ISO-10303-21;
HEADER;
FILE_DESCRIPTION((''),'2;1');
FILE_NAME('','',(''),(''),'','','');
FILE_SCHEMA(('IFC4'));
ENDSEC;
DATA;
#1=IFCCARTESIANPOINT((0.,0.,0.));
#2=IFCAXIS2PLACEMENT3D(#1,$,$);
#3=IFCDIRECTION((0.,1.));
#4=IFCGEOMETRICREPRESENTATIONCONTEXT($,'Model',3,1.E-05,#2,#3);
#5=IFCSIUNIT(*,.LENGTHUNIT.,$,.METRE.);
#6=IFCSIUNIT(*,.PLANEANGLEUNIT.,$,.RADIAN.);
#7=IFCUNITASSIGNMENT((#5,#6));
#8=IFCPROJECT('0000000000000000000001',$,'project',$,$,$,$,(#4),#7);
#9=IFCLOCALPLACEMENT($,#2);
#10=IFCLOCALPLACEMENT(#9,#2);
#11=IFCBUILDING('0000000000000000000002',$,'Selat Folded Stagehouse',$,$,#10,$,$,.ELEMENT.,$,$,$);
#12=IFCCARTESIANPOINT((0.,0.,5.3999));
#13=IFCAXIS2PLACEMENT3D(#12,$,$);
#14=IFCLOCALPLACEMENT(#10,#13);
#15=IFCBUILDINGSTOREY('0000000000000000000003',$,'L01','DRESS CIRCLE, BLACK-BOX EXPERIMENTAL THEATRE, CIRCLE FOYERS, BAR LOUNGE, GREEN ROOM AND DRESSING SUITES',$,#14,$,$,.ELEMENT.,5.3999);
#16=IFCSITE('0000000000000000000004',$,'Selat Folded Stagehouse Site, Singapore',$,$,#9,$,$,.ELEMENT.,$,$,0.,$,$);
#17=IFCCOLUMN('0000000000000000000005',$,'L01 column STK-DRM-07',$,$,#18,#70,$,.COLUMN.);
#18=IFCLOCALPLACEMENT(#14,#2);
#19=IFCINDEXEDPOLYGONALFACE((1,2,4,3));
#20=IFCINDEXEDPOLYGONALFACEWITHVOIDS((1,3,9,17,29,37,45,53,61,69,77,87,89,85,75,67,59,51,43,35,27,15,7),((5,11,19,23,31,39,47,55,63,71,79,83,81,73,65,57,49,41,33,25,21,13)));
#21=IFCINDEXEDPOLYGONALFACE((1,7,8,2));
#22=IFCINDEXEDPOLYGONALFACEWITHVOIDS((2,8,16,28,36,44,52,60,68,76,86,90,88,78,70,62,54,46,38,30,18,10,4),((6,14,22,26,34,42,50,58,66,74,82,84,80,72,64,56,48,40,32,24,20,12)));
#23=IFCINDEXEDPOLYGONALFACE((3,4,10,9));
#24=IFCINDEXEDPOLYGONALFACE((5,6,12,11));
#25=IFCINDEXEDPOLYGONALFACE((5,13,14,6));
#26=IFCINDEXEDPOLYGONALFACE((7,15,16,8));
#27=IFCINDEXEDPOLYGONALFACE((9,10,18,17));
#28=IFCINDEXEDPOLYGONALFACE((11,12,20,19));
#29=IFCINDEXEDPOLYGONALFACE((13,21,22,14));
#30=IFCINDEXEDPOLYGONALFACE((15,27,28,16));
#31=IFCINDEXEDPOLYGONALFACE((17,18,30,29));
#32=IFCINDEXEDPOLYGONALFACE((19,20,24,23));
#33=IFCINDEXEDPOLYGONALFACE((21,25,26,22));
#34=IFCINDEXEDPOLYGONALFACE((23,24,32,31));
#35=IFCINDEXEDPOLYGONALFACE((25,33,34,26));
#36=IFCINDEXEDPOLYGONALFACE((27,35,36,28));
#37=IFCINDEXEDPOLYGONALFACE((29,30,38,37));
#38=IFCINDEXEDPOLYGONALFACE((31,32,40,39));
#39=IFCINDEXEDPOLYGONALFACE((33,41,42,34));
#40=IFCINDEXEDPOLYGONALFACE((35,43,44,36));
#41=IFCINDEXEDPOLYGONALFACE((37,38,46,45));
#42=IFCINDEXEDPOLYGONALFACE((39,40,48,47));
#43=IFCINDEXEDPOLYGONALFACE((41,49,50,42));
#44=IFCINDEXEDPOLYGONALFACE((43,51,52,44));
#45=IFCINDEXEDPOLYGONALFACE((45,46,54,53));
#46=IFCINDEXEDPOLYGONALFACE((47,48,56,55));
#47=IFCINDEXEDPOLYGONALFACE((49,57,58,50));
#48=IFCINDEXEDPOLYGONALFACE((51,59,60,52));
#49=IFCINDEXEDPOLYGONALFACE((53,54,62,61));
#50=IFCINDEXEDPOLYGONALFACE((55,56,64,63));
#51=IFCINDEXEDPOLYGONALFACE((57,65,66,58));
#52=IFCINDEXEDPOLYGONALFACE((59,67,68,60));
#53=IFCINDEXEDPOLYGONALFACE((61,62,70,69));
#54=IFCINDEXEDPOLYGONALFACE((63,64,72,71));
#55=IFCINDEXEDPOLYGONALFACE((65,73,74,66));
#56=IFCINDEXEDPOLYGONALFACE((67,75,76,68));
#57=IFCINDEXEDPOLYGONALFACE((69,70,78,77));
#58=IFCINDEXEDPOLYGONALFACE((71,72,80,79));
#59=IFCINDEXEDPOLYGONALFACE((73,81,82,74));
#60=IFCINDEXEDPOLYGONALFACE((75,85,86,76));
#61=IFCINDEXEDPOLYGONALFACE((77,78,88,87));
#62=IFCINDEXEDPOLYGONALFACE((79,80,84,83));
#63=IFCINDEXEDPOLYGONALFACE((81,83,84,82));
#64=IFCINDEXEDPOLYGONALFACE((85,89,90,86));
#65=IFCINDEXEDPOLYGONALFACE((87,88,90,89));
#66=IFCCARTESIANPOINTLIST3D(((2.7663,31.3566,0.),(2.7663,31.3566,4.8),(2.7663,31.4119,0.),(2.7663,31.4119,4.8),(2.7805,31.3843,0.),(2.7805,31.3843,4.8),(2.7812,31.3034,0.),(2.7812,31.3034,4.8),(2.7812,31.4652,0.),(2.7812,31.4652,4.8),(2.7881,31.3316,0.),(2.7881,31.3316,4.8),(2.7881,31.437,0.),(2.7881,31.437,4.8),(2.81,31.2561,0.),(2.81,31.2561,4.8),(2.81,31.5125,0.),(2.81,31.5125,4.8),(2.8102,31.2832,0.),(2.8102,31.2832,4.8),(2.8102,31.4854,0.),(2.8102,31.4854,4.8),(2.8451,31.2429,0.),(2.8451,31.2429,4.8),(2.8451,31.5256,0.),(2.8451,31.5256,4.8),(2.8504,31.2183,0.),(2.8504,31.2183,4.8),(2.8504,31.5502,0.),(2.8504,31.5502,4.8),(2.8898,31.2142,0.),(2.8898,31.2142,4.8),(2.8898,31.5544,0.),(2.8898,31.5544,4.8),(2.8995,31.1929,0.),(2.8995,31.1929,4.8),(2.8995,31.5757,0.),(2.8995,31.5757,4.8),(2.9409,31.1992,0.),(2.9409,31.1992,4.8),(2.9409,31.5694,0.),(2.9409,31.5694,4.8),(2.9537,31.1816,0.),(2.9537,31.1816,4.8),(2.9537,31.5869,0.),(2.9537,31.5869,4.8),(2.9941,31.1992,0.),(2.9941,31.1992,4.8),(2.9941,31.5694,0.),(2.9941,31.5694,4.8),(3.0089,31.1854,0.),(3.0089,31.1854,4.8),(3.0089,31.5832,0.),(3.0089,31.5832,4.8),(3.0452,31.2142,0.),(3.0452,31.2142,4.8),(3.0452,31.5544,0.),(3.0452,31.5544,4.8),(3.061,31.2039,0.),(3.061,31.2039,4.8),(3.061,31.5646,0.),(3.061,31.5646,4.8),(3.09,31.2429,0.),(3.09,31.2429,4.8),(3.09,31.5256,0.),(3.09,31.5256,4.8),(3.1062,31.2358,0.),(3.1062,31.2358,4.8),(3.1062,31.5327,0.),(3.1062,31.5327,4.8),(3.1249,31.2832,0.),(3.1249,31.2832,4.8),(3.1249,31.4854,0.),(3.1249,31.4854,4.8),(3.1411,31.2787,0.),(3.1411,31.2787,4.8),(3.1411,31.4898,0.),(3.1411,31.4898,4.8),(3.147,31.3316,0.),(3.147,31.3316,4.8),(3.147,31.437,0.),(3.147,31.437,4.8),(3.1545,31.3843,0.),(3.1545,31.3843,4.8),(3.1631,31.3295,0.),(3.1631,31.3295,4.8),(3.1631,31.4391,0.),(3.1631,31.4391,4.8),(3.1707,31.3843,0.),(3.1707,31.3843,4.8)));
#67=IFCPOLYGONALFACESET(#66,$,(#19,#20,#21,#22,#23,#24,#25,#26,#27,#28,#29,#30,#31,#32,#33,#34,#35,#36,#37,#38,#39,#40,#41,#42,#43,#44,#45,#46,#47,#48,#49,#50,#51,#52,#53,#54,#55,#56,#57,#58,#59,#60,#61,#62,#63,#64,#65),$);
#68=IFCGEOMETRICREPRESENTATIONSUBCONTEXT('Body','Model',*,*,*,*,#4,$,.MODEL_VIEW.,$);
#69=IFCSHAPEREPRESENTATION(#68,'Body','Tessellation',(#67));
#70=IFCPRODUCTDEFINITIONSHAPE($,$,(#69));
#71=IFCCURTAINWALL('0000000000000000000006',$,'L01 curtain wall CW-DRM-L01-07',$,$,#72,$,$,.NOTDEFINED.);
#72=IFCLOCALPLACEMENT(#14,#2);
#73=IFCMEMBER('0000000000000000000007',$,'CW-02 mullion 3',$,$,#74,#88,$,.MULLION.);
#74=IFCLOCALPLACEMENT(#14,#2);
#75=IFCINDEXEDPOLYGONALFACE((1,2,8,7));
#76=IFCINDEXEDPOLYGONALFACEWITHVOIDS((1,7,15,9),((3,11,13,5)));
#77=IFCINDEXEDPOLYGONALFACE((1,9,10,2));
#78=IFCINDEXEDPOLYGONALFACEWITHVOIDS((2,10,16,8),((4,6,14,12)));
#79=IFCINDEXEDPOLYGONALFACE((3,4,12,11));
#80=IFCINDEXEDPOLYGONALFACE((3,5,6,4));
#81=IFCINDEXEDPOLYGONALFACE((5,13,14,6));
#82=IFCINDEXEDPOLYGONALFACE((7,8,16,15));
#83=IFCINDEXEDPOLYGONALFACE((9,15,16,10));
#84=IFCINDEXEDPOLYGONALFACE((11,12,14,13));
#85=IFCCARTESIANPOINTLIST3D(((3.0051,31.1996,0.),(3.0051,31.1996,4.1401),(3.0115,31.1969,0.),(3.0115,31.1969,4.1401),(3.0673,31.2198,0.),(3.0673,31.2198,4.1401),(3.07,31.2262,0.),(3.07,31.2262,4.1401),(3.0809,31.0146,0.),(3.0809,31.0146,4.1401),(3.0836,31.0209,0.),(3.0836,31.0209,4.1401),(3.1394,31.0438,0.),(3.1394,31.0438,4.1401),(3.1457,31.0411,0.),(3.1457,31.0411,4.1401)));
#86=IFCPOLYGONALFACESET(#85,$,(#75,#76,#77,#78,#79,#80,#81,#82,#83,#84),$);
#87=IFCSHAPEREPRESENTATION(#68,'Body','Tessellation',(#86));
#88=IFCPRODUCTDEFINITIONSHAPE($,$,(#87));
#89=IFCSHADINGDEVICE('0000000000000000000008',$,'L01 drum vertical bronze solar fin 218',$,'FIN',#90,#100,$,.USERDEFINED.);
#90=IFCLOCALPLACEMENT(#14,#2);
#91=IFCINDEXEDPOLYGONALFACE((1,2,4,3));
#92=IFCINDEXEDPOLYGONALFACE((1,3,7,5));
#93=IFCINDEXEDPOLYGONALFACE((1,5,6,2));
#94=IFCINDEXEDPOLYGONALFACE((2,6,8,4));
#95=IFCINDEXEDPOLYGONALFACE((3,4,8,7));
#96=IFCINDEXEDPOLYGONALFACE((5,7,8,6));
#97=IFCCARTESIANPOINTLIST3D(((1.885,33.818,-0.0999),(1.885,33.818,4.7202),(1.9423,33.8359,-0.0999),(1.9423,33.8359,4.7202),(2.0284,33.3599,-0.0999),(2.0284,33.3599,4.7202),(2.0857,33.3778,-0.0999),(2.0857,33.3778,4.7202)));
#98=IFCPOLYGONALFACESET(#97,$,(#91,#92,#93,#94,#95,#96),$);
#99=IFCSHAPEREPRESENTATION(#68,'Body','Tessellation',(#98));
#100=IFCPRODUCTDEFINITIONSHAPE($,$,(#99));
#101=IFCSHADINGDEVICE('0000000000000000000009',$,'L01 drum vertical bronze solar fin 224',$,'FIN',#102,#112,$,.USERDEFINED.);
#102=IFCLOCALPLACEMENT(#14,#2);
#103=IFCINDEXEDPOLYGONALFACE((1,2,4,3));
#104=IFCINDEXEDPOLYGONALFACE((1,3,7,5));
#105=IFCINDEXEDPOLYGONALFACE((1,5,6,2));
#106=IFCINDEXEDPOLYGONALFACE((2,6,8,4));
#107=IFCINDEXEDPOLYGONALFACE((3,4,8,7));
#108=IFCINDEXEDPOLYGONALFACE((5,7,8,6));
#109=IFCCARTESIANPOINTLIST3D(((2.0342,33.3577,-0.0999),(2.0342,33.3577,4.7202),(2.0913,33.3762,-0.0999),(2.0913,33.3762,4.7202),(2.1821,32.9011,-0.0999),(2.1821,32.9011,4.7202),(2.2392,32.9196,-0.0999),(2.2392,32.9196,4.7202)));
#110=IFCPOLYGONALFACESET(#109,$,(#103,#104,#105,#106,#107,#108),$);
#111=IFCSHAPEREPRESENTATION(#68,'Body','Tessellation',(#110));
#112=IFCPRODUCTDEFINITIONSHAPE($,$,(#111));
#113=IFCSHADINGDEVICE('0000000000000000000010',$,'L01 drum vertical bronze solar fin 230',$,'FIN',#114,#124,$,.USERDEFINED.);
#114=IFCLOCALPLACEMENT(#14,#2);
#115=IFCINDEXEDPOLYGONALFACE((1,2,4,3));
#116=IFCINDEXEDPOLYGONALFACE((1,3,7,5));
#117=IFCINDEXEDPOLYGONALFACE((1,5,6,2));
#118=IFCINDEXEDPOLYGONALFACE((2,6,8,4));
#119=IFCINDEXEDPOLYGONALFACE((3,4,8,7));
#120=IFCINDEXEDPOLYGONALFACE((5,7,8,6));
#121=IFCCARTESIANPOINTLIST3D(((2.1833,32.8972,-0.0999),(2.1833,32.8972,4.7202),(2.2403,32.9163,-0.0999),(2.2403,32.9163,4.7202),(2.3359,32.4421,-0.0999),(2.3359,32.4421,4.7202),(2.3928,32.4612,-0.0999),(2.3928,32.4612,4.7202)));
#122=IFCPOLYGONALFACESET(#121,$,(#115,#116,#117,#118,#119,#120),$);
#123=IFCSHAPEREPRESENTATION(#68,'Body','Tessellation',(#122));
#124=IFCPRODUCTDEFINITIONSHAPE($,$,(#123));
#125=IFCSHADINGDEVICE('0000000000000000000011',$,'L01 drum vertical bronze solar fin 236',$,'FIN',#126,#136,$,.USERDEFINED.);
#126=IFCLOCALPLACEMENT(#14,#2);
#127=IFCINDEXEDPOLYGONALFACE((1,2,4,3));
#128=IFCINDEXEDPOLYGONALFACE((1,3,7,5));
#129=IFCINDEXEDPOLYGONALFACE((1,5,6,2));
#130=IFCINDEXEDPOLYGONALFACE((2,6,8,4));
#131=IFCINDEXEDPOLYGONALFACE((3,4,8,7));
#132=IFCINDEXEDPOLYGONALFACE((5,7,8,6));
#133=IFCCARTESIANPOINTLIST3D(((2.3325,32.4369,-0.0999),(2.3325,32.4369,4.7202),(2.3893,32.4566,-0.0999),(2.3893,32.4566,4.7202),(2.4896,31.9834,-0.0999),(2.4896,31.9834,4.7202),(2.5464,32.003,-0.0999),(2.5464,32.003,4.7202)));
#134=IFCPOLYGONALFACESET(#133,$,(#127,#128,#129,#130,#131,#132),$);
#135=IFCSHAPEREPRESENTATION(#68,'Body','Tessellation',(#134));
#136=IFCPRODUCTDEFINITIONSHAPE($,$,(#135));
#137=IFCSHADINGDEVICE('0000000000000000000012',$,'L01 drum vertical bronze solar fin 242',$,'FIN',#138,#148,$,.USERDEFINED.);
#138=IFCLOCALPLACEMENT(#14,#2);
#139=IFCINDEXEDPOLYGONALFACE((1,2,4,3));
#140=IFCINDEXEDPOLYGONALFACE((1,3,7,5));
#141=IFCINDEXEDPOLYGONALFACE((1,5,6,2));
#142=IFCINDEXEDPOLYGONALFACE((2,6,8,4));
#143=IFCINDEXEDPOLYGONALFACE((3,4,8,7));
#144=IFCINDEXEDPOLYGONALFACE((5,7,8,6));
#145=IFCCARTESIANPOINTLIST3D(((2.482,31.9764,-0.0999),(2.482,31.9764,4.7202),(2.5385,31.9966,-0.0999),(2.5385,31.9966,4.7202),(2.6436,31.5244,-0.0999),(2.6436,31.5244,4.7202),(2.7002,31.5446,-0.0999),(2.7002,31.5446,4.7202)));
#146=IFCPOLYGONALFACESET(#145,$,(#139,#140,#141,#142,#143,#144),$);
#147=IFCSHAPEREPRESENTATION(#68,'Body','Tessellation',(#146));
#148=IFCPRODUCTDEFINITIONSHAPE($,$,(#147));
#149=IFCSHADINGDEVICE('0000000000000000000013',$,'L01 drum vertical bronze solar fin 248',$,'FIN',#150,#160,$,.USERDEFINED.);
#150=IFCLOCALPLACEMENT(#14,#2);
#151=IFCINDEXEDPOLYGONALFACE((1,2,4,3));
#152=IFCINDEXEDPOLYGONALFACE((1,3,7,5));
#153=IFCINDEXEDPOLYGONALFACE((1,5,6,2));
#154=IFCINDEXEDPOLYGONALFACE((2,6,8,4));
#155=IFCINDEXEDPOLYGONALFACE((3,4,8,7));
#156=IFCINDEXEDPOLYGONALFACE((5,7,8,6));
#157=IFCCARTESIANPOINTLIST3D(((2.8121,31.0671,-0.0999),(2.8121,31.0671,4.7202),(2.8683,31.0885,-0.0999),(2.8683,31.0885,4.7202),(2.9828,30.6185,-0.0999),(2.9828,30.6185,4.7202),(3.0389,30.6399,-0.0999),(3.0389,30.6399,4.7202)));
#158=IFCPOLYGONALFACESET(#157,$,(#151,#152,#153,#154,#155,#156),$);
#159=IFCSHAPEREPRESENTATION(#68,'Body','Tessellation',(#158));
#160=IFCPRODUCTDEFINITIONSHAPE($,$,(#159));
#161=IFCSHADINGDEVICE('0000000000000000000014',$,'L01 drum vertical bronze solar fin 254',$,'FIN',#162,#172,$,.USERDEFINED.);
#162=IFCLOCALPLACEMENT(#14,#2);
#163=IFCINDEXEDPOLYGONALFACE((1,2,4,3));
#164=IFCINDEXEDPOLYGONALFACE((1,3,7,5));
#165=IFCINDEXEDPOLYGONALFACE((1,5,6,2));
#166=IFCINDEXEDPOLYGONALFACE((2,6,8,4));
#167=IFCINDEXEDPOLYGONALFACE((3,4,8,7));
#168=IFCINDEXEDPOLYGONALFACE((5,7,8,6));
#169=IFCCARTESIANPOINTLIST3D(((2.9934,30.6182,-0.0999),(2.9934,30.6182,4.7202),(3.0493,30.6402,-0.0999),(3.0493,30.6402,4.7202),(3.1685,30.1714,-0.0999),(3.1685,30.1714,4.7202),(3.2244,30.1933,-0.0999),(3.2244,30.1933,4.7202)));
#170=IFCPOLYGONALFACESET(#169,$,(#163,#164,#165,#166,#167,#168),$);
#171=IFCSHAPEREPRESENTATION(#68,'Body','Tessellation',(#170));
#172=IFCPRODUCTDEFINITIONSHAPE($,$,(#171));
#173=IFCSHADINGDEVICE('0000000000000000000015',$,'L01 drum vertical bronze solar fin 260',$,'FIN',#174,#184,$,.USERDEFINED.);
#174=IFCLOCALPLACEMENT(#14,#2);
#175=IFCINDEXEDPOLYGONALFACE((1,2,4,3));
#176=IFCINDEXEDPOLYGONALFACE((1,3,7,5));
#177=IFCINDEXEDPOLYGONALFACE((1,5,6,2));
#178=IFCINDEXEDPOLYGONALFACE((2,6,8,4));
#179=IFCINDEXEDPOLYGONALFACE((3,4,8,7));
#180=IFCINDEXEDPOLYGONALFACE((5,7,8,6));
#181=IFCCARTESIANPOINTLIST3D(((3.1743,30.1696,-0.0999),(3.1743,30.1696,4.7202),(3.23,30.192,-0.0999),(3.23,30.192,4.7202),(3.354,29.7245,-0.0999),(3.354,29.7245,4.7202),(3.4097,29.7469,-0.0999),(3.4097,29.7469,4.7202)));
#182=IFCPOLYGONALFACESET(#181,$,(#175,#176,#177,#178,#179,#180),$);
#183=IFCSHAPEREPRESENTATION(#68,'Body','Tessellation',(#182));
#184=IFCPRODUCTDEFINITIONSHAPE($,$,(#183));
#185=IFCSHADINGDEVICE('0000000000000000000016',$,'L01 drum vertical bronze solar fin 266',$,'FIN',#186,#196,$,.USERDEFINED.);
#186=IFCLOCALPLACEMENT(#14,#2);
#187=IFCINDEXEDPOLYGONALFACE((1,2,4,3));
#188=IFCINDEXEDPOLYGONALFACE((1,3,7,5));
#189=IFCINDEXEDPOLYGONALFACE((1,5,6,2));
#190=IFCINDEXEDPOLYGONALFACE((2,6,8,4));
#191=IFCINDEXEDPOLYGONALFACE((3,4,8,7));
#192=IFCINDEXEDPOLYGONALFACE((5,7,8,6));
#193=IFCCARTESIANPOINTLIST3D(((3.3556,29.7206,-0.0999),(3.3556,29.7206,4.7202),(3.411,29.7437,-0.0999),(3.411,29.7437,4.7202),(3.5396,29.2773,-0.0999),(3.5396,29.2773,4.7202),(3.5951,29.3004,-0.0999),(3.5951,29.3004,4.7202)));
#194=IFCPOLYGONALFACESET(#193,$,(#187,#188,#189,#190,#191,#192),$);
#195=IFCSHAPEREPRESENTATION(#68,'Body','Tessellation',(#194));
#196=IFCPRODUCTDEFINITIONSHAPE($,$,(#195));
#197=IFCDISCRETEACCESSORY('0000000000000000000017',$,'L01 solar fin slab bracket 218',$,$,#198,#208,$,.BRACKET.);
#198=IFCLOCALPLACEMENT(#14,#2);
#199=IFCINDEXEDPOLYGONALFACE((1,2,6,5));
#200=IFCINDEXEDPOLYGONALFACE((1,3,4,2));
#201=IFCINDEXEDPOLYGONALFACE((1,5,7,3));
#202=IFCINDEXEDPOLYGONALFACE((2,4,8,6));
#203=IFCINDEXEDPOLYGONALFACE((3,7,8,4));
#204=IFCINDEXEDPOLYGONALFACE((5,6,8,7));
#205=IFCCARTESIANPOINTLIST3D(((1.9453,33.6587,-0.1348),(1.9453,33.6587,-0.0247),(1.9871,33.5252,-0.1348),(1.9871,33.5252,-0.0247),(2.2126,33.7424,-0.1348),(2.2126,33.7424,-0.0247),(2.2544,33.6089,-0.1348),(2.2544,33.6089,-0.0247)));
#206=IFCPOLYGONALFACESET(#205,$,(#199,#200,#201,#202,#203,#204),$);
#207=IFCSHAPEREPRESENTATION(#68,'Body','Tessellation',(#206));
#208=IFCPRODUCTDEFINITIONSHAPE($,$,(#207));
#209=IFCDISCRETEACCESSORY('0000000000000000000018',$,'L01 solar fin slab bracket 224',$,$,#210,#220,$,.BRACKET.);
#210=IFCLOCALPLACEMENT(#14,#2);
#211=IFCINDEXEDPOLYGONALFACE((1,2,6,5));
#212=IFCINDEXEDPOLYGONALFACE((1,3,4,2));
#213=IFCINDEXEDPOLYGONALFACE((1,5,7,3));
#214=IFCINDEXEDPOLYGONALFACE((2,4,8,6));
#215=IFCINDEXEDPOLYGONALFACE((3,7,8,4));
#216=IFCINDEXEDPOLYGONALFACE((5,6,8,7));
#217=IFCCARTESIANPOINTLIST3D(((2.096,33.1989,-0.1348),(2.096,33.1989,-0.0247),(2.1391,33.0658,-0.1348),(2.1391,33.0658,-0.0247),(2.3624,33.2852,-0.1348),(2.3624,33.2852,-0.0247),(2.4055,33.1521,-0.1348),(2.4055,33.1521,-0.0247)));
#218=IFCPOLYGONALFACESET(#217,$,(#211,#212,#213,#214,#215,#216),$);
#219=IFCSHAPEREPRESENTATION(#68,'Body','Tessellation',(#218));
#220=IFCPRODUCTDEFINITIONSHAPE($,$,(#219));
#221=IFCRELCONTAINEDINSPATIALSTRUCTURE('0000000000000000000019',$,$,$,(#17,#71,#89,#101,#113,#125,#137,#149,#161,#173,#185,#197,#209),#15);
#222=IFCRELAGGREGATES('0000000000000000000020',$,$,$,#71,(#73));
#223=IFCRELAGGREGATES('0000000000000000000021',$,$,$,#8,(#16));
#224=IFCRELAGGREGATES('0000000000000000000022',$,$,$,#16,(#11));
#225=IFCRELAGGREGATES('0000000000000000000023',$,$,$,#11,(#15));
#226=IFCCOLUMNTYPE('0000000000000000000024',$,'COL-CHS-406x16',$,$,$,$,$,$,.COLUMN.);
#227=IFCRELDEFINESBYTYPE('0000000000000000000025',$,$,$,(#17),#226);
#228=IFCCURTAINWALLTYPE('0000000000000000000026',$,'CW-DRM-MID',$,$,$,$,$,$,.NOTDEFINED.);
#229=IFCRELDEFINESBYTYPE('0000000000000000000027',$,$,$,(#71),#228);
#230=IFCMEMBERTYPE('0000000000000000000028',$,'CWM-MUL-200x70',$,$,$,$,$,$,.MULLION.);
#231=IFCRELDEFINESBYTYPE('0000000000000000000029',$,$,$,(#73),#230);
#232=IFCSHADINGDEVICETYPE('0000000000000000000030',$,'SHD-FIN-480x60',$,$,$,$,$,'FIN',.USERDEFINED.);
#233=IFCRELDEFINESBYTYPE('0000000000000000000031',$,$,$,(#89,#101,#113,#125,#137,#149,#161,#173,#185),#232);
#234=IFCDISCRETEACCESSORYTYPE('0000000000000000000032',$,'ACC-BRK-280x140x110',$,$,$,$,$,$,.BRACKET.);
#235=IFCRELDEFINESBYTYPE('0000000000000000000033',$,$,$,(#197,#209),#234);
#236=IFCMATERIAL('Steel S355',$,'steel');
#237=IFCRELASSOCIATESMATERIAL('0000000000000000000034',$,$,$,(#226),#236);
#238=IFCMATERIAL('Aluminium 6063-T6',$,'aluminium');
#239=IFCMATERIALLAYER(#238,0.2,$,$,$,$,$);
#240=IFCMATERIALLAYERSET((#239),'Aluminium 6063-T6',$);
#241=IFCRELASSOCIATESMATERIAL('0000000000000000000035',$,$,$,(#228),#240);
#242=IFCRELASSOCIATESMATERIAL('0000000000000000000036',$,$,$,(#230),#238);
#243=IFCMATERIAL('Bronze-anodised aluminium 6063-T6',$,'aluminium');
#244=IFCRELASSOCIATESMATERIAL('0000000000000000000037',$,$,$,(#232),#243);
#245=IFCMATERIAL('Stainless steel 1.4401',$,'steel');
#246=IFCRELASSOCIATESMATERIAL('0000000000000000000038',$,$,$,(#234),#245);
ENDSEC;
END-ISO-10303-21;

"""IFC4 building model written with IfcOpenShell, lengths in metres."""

from ifc_helpers import new_model, si_unit, direction, frame, origin, origin_2d, place, context, subcontext, project, spatial, rectangle, hollow_rectangle, hollow_circle, extrude, material, layer, layer_set, material_profile, profile_set, type_object, element, aggregate, save


model = new_model("IFC4")

# Units and contexts
model_context = context("Model", 3, precision=1e-05, world=origin(), true_north=direction((0.0, 1.0)))
body_context = subcontext(model_context, "Body", "Model", "MODEL_VIEW")
ifc_project = project(units=[si_unit("LENGTHUNIT", "METRE"), si_unit("PLANEANGLEUNIT", "RADIAN")], contexts=[model_context])

# Site, building, storey
site_placement = place(None, origin())
site = spatial("IfcSite", under=ifc_project, at=site_placement, Name="Selat Folded Stagehouse Site, Singapore", CompositionType="ELEMENT", RefElevation=0.0)
building_placement = place(site_placement, origin())
building = spatial("IfcBuilding", under=site, at=building_placement, Name="Selat Folded Stagehouse", CompositionType="ELEMENT")
storey_placement = place(building_placement, frame((0.0, 0.0, 5.3999)))
storey = spatial("IfcBuildingStorey", under=building, at=storey_placement, Name="L01", Description="DRESS CIRCLE, BLACK-BOX EXPERIMENTAL THEATRE, CIRCLE FOYERS, BAR LOUNGE, GREEN ROOM AND DRESSING SUITES", CompositionType="ELEMENT", Elevation=5.3999)

# Column
ifc_material_1 = material(Name="Steel S355", Category="steel")
ifc_material_profile_1 = material_profile(ifc_material_1, hollow_circle(Radius=0.2031, WallThickness=0.0161, at=origin_2d()), Name="CHS 406.4x16.0")
ifc_profile_set_1 = profile_set([ifc_material_profile_1], Name="Steel S355")
column_type = type_object("IfcColumnType", Name="COL-CHS-406x16", PredefinedType="COLUMN", material=ifc_profile_set_1)
column_placement = place(storey_placement, frame((2.9675, 31.3843, 0.0), z_axis=(0.0, 0.0, 1.0), x_axis=(1.0, 0.0, 0.0)))
element("IfcColumn", 1, at=column_placement, inside=storey, type_object=column_type, Name="L01 column STK-DRM-07", PredefinedType="COLUMN", context=body_context, shape_type="SweptSolid", body=[
    extrude(hollow_circle(Radius=0.2031, WallThickness=0.0161, at=origin_2d()), origin(), (0.0, 0.0, 1.0), 4.8),
])

# Curtain wall, member
ifc_material_2 = material(Name="Aluminium 6063-T6", Category="aluminium")
ifc_layer = layer(ifc_material_2, 0.2)
ifc_layer_set = layer_set([ifc_layer], Name="Aluminium 6063-T6")
curtain_wall_type = type_object("IfcCurtainWallType", Name="CW-DRM-MID", PredefinedType="NOTDEFINED", material=ifc_layer_set)
curtain_wall_placement = place(storey_placement, origin())
curtain_wall = element("IfcCurtainWall", 2, at=curtain_wall_placement, inside=storey, type_object=curtain_wall_type, Name="L01 curtain wall CW-DRM-L01-07", PredefinedType="NOTDEFINED")
ifc_material_profile_2 = material_profile(ifc_material_2, hollow_rectangle(XDim=0.0701, YDim=0.2, WallThickness=0.0049, at=origin_2d()), Name="ALU 200x70x5.0")
ifc_profile_set_2 = profile_set([ifc_material_profile_2], Name="Aluminium 6063-T6")
member_type = type_object("IfcMemberType", Name="CWM-MUL-200x70", PredefinedType="MULLION", material=ifc_profile_set_2)
member_placement = place(storey_placement, frame((3.0754, 31.1204, 0.0), z_axis=(0.0, 0.0, 1.0), x_axis=(-0.925441, -0.378891, 0.0)))
member = element("IfcMember", 3, at=member_placement, type_object=member_type, Name="CW-02 mullion 3", PredefinedType="MULLION", context=body_context, shape_type="SweptSolid", body=[
    extrude(hollow_rectangle(XDim=0.0701, YDim=0.2, WallThickness=0.0049, at=origin_2d()), origin(), (0.0, 0.0, 1.0), 4.1401),
])
aggregate(curtain_wall, [member])

# Shading devices
ifc_material_3 = material(Name="Bronze-anodised aluminium 6063-T6", Category="aluminium")
ifc_material_profile_3 = material_profile(ifc_material_3, rectangle(XDim=0.0601, YDim=0.48, at=origin_2d()), Name="SOLAR-FIN 480x60")
ifc_profile_set_3 = profile_set([ifc_material_profile_3], Name="Bronze-anodised aluminium 6063-T6")
shading_device_type = type_object("IfcShadingDeviceType", Name="SHD-FIN-480x60", ElementType="FIN", PredefinedType="USERDEFINED", material=ifc_profile_set_3)
for number, where, z_axis, x_axis, name in (
    (4, (1.9854, 33.5979, -0.0999), (0.0, 0.0, 1.0), (-0.954345, -0.298708, 0.0), "L01 drum vertical bronze solar fin 218"),
    (5, (2.1367, 33.1387, -0.0999), (0.0, 0.0, 1.0), (-0.951326, -0.308187, 0.0), "L01 drum vertical bronze solar fin 224"),
    (6, (2.2881, 32.6792, -0.0999), (0.0, 0.0, 1.0), (-0.948157, -0.317801, 0.0), "L01 drum vertical bronze solar fin 230"),
    (7, (2.4395, 32.22, -0.0999), (0.0, 0.0, 1.0), (-0.944949, -0.327218, 0.0), "L01 drum vertical bronze solar fin 236"),
    (8, (2.5911, 31.7605, -0.0999), (0.0, 0.0, 1.0), (-0.941588, -0.336767, 0.0), "L01 drum vertical bronze solar fin 242"),
    (9, (2.9255, 30.8535, -0.0999), (0.0, 0.0, 1.0), (-0.93464, -0.355596, 0.0), "L01 drum vertical bronze solar fin 248"),
    (10, (3.1089, 30.4058, -0.0999), (0.0, 0.0, 1.0), (-0.931056, -0.364877, 0.0), "L01 drum vertical bronze solar fin 254"),
    (11, (3.292, 29.9583, -0.0999), (0.0, 0.0, 1.0), (-0.927315, -0.374283, 0.0), "L01 drum vertical bronze solar fin 260"),
    (12, (3.4753, 29.5105, -0.0999), (0.0, 0.0, 1.0), (-0.923545, -0.38349, 0.0), "L01 drum vertical bronze solar fin 266"),
):
    element("IfcShadingDevice", number, at=place(storey_placement, frame(where, z_axis=z_axis, x_axis=x_axis)), inside=storey, type_object=shading_device_type, Name=name, ObjectType="FIN", PredefinedType="USERDEFINED", context=body_context, shape_type="SweptSolid", body=[
        extrude(rectangle(XDim=0.0601, YDim=0.48, at=origin_2d()), origin(), (0.0, 0.0, 1.0), 4.8201),
    ])

# Discrete accessories
ifc_material_4 = material(Name="Stainless steel 1.4401", Category="steel")
discrete_accessory_type = type_object("IfcDiscreteAccessoryType", Name="ACC-BRK-280x140x110", PredefinedType="BRACKET", material=ifc_material_4)
for number, where, z_axis, x_axis, name in (
    (13, (2.0999, 33.6338, -0.1348), (0.0, 0.0, 1.0), (-0.954345, -0.298708, 0.0), "L01 solar fin slab bracket 218"),
    (14, (2.2507, 33.1755, -0.1348), (0.0, 0.0, 1.0), (-0.951326, -0.308187, 0.0), "L01 solar fin slab bracket 224"),
):
    element("IfcDiscreteAccessory", number, at=place(storey_placement, frame(where, z_axis=z_axis, x_axis=x_axis)), inside=storey, type_object=discrete_accessory_type, Name=name, PredefinedType="BRACKET", context=body_context, shape_type="SweptSolid", body=[
        extrude(rectangle(XDim=0.28, YDim=0.1399, at=origin_2d()), origin(), (0.0, 0.0, 1.0), 0.1101),
    ])

save(model, "model.ifc")
